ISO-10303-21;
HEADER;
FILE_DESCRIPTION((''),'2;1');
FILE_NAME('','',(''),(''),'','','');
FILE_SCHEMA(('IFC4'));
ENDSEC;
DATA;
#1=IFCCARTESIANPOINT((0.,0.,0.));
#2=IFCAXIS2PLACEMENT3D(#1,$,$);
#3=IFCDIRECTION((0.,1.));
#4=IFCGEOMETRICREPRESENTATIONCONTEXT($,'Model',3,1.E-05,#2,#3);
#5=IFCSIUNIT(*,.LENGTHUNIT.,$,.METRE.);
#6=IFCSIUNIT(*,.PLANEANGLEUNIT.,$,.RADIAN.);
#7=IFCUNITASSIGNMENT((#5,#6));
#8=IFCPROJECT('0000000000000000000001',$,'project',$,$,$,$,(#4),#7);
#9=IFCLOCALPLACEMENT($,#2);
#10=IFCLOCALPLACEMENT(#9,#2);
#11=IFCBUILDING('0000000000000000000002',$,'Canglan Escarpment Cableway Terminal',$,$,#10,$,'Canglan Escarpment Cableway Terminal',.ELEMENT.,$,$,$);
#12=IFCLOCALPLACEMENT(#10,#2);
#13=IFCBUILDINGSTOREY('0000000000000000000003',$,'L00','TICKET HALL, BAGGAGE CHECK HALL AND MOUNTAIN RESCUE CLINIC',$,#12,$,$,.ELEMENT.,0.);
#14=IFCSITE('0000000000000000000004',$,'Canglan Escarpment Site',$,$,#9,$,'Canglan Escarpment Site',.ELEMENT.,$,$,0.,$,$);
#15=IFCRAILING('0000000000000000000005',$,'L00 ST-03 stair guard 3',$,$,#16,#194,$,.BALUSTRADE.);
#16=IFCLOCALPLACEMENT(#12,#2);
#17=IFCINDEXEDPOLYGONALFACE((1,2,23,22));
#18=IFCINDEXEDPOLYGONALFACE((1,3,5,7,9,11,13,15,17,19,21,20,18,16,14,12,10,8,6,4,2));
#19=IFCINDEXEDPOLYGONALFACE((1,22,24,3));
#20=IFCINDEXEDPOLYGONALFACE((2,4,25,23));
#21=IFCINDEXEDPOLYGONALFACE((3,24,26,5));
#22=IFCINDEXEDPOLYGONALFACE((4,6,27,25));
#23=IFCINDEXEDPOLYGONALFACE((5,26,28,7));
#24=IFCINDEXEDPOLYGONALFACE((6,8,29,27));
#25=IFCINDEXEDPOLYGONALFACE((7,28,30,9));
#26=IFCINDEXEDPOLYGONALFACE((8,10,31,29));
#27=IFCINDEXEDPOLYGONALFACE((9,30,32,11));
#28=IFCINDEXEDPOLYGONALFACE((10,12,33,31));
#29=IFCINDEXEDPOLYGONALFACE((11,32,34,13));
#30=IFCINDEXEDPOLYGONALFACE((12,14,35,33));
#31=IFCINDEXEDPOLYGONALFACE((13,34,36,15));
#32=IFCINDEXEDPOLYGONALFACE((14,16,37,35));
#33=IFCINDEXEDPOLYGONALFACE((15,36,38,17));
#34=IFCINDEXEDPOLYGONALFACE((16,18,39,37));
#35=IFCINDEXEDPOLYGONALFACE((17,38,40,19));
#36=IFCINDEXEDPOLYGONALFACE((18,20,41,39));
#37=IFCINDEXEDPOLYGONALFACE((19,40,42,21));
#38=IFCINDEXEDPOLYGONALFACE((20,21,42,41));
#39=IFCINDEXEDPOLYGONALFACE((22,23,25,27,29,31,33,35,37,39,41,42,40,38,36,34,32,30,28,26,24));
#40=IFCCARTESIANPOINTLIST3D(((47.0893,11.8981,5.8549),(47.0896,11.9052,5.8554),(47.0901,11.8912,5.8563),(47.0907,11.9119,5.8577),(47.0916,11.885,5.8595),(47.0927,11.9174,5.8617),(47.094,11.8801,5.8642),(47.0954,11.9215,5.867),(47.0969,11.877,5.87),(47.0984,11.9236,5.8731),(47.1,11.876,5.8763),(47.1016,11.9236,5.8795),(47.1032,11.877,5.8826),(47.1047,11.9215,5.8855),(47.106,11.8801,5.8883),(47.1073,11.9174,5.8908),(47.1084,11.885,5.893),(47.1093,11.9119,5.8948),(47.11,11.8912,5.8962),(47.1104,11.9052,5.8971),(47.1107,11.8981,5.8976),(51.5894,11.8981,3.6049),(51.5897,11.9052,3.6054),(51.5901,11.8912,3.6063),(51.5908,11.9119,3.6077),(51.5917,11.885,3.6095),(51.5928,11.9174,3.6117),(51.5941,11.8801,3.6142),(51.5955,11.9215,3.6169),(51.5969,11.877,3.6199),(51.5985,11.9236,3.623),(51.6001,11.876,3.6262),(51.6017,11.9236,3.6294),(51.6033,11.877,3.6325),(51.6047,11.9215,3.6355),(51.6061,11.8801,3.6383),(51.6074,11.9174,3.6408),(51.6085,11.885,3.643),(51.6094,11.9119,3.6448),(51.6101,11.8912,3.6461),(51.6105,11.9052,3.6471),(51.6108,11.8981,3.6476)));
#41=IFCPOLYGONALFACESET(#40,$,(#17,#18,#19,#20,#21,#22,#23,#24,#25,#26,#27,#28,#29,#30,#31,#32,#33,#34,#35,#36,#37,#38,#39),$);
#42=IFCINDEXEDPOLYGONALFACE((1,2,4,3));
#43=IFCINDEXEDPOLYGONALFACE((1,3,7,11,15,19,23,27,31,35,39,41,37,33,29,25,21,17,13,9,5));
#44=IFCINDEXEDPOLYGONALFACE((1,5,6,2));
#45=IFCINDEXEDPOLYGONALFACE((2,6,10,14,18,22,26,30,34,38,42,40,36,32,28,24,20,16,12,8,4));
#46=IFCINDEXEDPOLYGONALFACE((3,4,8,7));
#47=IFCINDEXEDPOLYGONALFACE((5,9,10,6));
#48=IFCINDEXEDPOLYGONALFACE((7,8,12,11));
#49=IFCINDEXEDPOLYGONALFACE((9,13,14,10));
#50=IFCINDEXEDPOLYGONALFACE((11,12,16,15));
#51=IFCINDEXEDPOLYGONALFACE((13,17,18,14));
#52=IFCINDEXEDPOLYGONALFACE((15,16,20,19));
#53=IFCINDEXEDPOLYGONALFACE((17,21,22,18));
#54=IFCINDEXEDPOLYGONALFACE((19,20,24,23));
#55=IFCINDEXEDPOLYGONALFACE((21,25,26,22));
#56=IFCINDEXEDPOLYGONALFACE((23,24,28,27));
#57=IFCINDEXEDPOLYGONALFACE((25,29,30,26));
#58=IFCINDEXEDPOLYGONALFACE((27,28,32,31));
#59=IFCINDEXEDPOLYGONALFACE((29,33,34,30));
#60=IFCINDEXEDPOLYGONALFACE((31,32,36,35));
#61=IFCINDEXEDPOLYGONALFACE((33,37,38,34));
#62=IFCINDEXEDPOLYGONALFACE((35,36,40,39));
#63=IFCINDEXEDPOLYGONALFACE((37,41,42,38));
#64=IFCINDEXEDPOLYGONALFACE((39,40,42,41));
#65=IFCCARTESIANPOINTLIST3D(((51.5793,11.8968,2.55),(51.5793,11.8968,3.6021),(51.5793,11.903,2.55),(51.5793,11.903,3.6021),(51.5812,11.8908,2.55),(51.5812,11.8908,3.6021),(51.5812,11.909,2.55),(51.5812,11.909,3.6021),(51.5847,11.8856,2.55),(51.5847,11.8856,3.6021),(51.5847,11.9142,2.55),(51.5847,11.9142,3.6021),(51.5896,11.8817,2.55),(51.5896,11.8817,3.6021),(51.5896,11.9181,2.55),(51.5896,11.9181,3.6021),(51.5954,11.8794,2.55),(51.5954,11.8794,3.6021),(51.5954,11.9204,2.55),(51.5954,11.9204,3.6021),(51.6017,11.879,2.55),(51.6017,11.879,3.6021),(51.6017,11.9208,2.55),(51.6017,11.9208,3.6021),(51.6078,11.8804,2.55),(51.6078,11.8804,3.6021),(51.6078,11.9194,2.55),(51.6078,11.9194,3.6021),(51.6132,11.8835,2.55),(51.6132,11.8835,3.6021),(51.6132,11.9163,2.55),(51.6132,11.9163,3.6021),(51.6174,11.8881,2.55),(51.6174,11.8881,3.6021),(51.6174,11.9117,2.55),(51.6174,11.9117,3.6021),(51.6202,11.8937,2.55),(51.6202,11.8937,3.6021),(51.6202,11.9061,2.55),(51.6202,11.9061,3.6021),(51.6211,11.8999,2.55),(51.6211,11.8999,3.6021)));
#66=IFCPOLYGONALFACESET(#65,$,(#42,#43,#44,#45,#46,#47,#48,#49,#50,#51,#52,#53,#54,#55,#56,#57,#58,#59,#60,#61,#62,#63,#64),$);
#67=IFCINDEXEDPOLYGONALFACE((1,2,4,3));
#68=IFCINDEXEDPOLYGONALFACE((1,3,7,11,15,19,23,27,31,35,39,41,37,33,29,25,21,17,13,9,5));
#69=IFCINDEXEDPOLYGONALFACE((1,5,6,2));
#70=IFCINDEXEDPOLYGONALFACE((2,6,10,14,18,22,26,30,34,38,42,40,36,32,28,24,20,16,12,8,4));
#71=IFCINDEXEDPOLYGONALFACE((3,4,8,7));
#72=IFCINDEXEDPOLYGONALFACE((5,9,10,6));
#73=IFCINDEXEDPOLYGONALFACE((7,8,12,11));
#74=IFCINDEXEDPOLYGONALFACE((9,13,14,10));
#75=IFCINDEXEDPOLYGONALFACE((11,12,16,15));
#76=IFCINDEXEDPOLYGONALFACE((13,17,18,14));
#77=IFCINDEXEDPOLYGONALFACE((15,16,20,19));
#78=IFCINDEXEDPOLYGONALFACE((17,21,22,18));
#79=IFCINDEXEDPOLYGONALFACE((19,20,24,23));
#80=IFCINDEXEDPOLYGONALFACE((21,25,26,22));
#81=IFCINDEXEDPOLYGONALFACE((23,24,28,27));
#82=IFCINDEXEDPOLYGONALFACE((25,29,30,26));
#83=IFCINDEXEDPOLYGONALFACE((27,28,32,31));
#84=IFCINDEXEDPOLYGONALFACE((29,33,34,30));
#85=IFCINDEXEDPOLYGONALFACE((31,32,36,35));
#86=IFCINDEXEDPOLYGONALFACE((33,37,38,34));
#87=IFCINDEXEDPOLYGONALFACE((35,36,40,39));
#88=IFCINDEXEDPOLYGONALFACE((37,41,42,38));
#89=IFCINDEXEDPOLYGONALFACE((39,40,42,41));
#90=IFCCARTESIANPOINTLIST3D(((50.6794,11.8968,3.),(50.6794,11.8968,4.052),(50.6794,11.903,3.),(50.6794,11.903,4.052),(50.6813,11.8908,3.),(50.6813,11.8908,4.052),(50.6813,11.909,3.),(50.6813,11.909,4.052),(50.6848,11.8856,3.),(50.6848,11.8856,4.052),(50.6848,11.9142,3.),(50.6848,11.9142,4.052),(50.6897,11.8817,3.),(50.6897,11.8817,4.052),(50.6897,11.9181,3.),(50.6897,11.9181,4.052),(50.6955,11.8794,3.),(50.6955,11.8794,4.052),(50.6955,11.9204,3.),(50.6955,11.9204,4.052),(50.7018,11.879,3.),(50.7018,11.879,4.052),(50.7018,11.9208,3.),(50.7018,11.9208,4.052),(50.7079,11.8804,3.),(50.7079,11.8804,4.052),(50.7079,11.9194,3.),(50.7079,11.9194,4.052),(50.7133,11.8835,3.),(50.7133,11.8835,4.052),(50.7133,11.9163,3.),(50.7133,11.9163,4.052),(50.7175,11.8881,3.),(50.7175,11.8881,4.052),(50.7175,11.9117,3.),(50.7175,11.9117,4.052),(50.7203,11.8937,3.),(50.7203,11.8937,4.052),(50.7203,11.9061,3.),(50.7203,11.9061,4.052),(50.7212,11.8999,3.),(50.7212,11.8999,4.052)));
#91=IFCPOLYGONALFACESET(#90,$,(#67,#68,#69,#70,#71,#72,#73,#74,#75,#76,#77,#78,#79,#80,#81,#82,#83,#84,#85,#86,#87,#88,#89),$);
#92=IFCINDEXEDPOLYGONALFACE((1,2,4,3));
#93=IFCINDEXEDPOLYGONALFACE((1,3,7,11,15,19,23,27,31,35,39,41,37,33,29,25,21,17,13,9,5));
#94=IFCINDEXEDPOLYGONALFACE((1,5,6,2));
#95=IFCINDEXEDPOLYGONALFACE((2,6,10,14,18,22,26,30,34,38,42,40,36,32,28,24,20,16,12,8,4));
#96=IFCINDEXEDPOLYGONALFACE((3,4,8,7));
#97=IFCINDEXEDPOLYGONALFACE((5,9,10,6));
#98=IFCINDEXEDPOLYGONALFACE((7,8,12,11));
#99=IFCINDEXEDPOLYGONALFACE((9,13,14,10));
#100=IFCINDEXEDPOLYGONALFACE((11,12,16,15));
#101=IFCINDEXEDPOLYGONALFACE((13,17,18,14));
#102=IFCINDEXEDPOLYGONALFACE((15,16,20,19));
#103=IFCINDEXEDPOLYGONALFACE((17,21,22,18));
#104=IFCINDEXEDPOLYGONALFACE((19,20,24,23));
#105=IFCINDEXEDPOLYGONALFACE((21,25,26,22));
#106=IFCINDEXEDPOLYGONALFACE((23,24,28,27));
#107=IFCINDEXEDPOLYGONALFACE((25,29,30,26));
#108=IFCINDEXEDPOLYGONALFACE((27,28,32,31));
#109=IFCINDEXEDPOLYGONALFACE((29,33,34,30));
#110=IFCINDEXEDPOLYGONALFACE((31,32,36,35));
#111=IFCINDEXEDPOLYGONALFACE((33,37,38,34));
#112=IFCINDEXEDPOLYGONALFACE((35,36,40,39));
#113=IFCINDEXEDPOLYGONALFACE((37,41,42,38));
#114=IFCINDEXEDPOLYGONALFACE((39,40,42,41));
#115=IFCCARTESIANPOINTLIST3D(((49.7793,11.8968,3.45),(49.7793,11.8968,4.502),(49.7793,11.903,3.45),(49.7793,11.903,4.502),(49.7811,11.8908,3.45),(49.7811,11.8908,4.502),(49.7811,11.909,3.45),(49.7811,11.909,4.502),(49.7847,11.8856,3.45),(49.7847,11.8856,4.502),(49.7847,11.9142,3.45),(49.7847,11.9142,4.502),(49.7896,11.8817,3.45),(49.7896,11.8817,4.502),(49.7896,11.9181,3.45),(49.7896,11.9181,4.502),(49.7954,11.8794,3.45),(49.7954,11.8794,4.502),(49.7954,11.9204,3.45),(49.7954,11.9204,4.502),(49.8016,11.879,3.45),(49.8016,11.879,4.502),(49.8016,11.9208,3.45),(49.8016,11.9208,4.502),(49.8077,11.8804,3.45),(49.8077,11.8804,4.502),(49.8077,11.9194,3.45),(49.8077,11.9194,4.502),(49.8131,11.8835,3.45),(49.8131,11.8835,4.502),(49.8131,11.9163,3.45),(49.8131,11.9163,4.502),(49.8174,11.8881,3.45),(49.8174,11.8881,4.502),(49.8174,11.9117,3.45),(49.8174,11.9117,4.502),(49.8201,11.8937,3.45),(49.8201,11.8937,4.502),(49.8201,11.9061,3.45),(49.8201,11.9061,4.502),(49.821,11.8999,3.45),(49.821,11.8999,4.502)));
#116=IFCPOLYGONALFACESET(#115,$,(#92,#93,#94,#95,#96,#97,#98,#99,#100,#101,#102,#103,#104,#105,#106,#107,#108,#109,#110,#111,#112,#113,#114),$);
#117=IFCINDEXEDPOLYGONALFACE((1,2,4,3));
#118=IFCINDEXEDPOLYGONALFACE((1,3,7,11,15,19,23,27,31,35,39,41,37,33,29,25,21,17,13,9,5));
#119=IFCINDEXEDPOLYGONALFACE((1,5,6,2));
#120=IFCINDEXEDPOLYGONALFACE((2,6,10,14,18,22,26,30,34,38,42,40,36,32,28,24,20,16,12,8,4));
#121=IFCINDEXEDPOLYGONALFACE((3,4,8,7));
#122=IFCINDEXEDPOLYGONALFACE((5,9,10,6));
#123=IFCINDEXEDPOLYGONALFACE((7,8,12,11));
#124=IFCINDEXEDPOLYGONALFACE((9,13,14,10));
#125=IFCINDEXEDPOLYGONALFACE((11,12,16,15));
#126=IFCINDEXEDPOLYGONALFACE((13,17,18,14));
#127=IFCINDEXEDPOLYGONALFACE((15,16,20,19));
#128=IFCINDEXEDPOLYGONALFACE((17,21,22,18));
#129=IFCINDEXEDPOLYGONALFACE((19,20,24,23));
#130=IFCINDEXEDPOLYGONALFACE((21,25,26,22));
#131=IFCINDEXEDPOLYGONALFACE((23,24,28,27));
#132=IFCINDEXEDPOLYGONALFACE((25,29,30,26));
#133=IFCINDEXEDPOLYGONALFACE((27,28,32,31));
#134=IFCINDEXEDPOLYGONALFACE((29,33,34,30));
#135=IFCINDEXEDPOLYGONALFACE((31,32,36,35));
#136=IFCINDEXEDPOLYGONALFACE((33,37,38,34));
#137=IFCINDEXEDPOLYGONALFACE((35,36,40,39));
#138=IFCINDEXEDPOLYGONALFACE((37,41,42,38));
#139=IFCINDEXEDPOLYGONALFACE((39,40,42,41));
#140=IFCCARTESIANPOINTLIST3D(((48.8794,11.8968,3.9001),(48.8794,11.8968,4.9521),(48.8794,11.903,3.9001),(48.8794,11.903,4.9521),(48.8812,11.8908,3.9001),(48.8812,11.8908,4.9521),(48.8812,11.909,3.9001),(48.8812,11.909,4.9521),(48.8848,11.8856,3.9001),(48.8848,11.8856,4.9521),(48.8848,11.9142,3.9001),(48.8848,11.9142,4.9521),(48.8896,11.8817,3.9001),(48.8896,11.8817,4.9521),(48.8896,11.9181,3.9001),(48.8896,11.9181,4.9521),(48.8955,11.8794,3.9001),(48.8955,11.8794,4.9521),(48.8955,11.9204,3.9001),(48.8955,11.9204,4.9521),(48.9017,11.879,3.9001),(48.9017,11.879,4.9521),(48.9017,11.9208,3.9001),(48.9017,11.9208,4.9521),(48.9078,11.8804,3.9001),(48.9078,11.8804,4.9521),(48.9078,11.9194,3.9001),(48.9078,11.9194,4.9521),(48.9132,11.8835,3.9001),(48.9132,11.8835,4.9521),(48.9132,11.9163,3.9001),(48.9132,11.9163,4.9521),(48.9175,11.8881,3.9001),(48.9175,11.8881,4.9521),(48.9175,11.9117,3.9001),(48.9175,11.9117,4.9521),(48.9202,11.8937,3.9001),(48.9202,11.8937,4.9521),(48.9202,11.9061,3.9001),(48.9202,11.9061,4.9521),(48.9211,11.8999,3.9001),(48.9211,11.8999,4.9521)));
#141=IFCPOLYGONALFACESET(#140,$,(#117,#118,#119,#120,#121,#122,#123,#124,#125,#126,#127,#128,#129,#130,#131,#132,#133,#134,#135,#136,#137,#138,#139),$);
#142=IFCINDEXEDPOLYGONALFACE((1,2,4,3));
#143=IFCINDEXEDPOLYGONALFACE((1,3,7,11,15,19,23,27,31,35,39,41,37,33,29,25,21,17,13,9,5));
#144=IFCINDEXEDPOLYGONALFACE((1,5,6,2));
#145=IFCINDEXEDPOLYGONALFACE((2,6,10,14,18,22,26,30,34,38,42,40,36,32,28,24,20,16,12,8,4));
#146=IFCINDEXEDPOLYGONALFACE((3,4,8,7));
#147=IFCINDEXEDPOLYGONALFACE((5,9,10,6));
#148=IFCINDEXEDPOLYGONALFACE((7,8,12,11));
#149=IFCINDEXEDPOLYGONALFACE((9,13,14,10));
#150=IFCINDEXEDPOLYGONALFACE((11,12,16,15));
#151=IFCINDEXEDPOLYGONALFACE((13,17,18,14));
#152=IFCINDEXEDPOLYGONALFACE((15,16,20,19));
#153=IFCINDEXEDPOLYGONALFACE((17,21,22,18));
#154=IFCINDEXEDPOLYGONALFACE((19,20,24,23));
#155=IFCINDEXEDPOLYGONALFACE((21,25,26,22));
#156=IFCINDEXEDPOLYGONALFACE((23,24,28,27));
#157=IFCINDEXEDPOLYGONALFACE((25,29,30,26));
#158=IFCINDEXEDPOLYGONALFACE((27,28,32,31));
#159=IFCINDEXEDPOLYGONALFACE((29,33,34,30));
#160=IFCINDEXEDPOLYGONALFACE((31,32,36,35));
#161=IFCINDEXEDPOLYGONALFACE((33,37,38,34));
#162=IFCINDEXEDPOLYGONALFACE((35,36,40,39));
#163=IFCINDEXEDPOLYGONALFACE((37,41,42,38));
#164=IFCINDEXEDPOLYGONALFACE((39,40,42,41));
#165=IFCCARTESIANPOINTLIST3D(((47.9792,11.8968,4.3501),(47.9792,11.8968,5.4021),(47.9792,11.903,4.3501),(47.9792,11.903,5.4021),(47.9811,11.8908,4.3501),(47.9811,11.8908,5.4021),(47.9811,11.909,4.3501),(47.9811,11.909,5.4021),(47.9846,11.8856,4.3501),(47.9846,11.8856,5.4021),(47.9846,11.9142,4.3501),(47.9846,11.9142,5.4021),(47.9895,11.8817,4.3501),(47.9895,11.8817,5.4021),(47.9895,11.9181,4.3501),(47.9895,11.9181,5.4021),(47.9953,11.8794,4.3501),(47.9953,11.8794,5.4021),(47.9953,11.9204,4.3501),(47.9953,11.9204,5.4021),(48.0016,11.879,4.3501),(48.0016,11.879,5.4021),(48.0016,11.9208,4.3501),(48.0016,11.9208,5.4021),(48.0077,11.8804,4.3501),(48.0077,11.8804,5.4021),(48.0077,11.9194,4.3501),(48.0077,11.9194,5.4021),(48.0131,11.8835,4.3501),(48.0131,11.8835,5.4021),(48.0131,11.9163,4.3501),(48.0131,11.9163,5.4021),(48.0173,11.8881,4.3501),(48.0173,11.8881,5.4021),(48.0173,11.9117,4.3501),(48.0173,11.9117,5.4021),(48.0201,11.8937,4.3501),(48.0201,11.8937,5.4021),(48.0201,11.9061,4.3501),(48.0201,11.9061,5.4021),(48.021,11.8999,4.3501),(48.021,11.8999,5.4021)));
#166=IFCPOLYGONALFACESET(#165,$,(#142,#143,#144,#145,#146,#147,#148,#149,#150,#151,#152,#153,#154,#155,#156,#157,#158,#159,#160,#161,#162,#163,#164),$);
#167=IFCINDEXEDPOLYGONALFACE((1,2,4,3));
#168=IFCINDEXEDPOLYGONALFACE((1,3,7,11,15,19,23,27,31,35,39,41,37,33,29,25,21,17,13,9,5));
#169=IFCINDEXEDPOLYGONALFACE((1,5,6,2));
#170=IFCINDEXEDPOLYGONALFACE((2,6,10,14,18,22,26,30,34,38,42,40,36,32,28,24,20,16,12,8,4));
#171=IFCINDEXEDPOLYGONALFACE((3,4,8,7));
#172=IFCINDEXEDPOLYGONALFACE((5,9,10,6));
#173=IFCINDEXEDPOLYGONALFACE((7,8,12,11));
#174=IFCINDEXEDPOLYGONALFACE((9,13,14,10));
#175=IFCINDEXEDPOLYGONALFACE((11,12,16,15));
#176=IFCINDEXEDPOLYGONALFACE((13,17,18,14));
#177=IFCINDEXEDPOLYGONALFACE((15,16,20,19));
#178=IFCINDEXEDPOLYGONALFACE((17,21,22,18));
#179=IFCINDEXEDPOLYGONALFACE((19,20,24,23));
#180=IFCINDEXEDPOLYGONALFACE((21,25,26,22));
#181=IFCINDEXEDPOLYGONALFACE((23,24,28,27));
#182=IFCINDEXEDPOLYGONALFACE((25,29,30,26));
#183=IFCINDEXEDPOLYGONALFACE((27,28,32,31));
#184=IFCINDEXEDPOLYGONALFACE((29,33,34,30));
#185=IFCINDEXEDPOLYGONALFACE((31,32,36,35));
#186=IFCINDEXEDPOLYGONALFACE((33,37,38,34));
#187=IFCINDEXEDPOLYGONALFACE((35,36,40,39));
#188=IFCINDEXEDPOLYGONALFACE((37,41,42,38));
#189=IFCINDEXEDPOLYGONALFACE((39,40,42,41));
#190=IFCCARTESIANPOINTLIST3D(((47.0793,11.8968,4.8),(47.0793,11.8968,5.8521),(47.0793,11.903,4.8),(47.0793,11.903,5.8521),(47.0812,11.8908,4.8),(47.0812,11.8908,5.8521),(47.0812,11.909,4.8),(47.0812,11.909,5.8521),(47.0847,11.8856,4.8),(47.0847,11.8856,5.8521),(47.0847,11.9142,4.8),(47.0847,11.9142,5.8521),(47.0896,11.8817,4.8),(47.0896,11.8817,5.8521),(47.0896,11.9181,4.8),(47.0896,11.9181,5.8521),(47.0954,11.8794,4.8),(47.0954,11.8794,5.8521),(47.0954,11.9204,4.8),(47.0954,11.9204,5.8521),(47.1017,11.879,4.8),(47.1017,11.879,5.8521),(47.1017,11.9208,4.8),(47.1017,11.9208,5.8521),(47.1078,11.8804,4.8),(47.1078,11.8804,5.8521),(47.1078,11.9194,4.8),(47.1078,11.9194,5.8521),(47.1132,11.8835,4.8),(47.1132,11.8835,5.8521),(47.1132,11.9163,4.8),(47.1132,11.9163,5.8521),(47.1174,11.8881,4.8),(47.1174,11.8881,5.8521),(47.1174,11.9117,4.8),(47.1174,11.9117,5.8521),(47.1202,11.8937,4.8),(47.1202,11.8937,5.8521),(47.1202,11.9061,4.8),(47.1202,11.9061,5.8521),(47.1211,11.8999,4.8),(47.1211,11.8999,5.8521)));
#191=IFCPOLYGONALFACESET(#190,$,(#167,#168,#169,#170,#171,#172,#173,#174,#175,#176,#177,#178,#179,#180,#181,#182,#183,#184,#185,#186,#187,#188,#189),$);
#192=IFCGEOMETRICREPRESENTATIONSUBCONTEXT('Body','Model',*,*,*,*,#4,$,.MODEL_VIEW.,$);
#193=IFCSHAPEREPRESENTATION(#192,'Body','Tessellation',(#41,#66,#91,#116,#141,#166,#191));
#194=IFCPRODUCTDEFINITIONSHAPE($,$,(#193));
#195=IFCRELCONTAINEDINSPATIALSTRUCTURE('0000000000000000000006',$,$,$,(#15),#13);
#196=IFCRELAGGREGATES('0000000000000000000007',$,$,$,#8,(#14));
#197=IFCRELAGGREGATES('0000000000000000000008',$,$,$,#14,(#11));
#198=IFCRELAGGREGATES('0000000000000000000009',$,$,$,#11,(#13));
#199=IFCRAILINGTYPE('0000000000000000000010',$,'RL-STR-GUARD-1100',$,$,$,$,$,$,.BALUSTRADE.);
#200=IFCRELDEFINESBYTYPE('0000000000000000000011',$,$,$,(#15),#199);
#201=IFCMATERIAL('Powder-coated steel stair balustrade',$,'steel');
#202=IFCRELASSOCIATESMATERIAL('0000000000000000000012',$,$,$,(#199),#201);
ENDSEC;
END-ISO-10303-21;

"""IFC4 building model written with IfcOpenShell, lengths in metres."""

from ifc_helpers import new_model, si_unit, direction, frame, origin, origin_2d, place, context, subcontext, project, spatial, circle, extrude, material, type_object, element, save


model = new_model("IFC4")

# Units and contexts
model_context = context("Model", 3, precision=1e-05, world=origin(), true_north=direction((0.0, 1.0)))
body_context = subcontext(model_context, "Body", "Model", "MODEL_VIEW")
ifc_project = project(units=[si_unit("LENGTHUNIT", "METRE"), si_unit("PLANEANGLEUNIT", "RADIAN")], contexts=[model_context])

# Site, building, storey
site_placement = place(None, origin())
site = spatial("IfcSite", under=ifc_project, at=site_placement, Name="Canglan Escarpment Site", LongName="Canglan Escarpment Site", CompositionType="ELEMENT", RefElevation=0.0)
building_placement = place(site_placement, origin())
building = spatial("IfcBuilding", under=site, at=building_placement, Name="Canglan Escarpment Cableway Terminal", LongName="Canglan Escarpment Cableway Terminal", CompositionType="ELEMENT")
storey_placement = place(building_placement, origin())
storey = spatial("IfcBuildingStorey", under=building, at=storey_placement, Name="L00", Description="TICKET HALL, BAGGAGE CHECK HALL AND MOUNTAIN RESCUE CLINIC", CompositionType="ELEMENT", Elevation=0.0)

# Railing
ifc_material_1 = material(Name="Powder-coated steel stair balustrade", Category="steel")
railing_type_1 = type_object("IfcRailingType", Name="RL-STR-GUARD-1100", PredefinedType="BALUSTRADE", material=ifc_material_1)
railing_1_placement = place(storey_placement, frame((51.6001, 11.8999, 2.55)))
element("IfcRailing", 1, at=railing_1_placement, inside=storey, type_object=railing_type_1, Name="L00 ST-03 stair guard 3", PredefinedType="BALUSTRADE", context=body_context, shape_type="SweptSolid", body=[
    extrude(circle(Radius=0.0239, at=origin_2d()), frame((0.0, 0.0, 1.0762), z_axis=(-0.894427, 0.0, 0.447214), x_axis=(0.0, -1.0, 0.0)), (0.0, 0.0, 1.0), 5.0312),
    extrude(circle(Radius=0.021, at=origin_2d()), origin(), (0.0, 0.0, 1.0), 1.052),
    extrude(circle(Radius=0.021, at=origin_2d()), frame((-0.8999, 0.0, 0.45)), (0.0, 0.0, 1.0), 1.052),
    extrude(circle(Radius=0.021, at=origin_2d()), frame((-1.8, 0.0, 0.8999)), (0.0, 0.0, 1.0), 1.052),
    extrude(circle(Radius=0.021, at=origin_2d()), frame((-2.7, 0.0, 1.3501)), (0.0, 0.0, 1.0), 1.052),
    extrude(circle(Radius=0.021, at=origin_2d()), frame((-3.6001, 0.0, 1.8)), (0.0, 0.0, 1.0), 1.052),
    extrude(circle(Radius=0.021, at=origin_2d()), frame((-4.5, 0.0, 2.25)), (0.0, 0.0, 1.0), 1.052),
])

save(model, "model.ifc")
